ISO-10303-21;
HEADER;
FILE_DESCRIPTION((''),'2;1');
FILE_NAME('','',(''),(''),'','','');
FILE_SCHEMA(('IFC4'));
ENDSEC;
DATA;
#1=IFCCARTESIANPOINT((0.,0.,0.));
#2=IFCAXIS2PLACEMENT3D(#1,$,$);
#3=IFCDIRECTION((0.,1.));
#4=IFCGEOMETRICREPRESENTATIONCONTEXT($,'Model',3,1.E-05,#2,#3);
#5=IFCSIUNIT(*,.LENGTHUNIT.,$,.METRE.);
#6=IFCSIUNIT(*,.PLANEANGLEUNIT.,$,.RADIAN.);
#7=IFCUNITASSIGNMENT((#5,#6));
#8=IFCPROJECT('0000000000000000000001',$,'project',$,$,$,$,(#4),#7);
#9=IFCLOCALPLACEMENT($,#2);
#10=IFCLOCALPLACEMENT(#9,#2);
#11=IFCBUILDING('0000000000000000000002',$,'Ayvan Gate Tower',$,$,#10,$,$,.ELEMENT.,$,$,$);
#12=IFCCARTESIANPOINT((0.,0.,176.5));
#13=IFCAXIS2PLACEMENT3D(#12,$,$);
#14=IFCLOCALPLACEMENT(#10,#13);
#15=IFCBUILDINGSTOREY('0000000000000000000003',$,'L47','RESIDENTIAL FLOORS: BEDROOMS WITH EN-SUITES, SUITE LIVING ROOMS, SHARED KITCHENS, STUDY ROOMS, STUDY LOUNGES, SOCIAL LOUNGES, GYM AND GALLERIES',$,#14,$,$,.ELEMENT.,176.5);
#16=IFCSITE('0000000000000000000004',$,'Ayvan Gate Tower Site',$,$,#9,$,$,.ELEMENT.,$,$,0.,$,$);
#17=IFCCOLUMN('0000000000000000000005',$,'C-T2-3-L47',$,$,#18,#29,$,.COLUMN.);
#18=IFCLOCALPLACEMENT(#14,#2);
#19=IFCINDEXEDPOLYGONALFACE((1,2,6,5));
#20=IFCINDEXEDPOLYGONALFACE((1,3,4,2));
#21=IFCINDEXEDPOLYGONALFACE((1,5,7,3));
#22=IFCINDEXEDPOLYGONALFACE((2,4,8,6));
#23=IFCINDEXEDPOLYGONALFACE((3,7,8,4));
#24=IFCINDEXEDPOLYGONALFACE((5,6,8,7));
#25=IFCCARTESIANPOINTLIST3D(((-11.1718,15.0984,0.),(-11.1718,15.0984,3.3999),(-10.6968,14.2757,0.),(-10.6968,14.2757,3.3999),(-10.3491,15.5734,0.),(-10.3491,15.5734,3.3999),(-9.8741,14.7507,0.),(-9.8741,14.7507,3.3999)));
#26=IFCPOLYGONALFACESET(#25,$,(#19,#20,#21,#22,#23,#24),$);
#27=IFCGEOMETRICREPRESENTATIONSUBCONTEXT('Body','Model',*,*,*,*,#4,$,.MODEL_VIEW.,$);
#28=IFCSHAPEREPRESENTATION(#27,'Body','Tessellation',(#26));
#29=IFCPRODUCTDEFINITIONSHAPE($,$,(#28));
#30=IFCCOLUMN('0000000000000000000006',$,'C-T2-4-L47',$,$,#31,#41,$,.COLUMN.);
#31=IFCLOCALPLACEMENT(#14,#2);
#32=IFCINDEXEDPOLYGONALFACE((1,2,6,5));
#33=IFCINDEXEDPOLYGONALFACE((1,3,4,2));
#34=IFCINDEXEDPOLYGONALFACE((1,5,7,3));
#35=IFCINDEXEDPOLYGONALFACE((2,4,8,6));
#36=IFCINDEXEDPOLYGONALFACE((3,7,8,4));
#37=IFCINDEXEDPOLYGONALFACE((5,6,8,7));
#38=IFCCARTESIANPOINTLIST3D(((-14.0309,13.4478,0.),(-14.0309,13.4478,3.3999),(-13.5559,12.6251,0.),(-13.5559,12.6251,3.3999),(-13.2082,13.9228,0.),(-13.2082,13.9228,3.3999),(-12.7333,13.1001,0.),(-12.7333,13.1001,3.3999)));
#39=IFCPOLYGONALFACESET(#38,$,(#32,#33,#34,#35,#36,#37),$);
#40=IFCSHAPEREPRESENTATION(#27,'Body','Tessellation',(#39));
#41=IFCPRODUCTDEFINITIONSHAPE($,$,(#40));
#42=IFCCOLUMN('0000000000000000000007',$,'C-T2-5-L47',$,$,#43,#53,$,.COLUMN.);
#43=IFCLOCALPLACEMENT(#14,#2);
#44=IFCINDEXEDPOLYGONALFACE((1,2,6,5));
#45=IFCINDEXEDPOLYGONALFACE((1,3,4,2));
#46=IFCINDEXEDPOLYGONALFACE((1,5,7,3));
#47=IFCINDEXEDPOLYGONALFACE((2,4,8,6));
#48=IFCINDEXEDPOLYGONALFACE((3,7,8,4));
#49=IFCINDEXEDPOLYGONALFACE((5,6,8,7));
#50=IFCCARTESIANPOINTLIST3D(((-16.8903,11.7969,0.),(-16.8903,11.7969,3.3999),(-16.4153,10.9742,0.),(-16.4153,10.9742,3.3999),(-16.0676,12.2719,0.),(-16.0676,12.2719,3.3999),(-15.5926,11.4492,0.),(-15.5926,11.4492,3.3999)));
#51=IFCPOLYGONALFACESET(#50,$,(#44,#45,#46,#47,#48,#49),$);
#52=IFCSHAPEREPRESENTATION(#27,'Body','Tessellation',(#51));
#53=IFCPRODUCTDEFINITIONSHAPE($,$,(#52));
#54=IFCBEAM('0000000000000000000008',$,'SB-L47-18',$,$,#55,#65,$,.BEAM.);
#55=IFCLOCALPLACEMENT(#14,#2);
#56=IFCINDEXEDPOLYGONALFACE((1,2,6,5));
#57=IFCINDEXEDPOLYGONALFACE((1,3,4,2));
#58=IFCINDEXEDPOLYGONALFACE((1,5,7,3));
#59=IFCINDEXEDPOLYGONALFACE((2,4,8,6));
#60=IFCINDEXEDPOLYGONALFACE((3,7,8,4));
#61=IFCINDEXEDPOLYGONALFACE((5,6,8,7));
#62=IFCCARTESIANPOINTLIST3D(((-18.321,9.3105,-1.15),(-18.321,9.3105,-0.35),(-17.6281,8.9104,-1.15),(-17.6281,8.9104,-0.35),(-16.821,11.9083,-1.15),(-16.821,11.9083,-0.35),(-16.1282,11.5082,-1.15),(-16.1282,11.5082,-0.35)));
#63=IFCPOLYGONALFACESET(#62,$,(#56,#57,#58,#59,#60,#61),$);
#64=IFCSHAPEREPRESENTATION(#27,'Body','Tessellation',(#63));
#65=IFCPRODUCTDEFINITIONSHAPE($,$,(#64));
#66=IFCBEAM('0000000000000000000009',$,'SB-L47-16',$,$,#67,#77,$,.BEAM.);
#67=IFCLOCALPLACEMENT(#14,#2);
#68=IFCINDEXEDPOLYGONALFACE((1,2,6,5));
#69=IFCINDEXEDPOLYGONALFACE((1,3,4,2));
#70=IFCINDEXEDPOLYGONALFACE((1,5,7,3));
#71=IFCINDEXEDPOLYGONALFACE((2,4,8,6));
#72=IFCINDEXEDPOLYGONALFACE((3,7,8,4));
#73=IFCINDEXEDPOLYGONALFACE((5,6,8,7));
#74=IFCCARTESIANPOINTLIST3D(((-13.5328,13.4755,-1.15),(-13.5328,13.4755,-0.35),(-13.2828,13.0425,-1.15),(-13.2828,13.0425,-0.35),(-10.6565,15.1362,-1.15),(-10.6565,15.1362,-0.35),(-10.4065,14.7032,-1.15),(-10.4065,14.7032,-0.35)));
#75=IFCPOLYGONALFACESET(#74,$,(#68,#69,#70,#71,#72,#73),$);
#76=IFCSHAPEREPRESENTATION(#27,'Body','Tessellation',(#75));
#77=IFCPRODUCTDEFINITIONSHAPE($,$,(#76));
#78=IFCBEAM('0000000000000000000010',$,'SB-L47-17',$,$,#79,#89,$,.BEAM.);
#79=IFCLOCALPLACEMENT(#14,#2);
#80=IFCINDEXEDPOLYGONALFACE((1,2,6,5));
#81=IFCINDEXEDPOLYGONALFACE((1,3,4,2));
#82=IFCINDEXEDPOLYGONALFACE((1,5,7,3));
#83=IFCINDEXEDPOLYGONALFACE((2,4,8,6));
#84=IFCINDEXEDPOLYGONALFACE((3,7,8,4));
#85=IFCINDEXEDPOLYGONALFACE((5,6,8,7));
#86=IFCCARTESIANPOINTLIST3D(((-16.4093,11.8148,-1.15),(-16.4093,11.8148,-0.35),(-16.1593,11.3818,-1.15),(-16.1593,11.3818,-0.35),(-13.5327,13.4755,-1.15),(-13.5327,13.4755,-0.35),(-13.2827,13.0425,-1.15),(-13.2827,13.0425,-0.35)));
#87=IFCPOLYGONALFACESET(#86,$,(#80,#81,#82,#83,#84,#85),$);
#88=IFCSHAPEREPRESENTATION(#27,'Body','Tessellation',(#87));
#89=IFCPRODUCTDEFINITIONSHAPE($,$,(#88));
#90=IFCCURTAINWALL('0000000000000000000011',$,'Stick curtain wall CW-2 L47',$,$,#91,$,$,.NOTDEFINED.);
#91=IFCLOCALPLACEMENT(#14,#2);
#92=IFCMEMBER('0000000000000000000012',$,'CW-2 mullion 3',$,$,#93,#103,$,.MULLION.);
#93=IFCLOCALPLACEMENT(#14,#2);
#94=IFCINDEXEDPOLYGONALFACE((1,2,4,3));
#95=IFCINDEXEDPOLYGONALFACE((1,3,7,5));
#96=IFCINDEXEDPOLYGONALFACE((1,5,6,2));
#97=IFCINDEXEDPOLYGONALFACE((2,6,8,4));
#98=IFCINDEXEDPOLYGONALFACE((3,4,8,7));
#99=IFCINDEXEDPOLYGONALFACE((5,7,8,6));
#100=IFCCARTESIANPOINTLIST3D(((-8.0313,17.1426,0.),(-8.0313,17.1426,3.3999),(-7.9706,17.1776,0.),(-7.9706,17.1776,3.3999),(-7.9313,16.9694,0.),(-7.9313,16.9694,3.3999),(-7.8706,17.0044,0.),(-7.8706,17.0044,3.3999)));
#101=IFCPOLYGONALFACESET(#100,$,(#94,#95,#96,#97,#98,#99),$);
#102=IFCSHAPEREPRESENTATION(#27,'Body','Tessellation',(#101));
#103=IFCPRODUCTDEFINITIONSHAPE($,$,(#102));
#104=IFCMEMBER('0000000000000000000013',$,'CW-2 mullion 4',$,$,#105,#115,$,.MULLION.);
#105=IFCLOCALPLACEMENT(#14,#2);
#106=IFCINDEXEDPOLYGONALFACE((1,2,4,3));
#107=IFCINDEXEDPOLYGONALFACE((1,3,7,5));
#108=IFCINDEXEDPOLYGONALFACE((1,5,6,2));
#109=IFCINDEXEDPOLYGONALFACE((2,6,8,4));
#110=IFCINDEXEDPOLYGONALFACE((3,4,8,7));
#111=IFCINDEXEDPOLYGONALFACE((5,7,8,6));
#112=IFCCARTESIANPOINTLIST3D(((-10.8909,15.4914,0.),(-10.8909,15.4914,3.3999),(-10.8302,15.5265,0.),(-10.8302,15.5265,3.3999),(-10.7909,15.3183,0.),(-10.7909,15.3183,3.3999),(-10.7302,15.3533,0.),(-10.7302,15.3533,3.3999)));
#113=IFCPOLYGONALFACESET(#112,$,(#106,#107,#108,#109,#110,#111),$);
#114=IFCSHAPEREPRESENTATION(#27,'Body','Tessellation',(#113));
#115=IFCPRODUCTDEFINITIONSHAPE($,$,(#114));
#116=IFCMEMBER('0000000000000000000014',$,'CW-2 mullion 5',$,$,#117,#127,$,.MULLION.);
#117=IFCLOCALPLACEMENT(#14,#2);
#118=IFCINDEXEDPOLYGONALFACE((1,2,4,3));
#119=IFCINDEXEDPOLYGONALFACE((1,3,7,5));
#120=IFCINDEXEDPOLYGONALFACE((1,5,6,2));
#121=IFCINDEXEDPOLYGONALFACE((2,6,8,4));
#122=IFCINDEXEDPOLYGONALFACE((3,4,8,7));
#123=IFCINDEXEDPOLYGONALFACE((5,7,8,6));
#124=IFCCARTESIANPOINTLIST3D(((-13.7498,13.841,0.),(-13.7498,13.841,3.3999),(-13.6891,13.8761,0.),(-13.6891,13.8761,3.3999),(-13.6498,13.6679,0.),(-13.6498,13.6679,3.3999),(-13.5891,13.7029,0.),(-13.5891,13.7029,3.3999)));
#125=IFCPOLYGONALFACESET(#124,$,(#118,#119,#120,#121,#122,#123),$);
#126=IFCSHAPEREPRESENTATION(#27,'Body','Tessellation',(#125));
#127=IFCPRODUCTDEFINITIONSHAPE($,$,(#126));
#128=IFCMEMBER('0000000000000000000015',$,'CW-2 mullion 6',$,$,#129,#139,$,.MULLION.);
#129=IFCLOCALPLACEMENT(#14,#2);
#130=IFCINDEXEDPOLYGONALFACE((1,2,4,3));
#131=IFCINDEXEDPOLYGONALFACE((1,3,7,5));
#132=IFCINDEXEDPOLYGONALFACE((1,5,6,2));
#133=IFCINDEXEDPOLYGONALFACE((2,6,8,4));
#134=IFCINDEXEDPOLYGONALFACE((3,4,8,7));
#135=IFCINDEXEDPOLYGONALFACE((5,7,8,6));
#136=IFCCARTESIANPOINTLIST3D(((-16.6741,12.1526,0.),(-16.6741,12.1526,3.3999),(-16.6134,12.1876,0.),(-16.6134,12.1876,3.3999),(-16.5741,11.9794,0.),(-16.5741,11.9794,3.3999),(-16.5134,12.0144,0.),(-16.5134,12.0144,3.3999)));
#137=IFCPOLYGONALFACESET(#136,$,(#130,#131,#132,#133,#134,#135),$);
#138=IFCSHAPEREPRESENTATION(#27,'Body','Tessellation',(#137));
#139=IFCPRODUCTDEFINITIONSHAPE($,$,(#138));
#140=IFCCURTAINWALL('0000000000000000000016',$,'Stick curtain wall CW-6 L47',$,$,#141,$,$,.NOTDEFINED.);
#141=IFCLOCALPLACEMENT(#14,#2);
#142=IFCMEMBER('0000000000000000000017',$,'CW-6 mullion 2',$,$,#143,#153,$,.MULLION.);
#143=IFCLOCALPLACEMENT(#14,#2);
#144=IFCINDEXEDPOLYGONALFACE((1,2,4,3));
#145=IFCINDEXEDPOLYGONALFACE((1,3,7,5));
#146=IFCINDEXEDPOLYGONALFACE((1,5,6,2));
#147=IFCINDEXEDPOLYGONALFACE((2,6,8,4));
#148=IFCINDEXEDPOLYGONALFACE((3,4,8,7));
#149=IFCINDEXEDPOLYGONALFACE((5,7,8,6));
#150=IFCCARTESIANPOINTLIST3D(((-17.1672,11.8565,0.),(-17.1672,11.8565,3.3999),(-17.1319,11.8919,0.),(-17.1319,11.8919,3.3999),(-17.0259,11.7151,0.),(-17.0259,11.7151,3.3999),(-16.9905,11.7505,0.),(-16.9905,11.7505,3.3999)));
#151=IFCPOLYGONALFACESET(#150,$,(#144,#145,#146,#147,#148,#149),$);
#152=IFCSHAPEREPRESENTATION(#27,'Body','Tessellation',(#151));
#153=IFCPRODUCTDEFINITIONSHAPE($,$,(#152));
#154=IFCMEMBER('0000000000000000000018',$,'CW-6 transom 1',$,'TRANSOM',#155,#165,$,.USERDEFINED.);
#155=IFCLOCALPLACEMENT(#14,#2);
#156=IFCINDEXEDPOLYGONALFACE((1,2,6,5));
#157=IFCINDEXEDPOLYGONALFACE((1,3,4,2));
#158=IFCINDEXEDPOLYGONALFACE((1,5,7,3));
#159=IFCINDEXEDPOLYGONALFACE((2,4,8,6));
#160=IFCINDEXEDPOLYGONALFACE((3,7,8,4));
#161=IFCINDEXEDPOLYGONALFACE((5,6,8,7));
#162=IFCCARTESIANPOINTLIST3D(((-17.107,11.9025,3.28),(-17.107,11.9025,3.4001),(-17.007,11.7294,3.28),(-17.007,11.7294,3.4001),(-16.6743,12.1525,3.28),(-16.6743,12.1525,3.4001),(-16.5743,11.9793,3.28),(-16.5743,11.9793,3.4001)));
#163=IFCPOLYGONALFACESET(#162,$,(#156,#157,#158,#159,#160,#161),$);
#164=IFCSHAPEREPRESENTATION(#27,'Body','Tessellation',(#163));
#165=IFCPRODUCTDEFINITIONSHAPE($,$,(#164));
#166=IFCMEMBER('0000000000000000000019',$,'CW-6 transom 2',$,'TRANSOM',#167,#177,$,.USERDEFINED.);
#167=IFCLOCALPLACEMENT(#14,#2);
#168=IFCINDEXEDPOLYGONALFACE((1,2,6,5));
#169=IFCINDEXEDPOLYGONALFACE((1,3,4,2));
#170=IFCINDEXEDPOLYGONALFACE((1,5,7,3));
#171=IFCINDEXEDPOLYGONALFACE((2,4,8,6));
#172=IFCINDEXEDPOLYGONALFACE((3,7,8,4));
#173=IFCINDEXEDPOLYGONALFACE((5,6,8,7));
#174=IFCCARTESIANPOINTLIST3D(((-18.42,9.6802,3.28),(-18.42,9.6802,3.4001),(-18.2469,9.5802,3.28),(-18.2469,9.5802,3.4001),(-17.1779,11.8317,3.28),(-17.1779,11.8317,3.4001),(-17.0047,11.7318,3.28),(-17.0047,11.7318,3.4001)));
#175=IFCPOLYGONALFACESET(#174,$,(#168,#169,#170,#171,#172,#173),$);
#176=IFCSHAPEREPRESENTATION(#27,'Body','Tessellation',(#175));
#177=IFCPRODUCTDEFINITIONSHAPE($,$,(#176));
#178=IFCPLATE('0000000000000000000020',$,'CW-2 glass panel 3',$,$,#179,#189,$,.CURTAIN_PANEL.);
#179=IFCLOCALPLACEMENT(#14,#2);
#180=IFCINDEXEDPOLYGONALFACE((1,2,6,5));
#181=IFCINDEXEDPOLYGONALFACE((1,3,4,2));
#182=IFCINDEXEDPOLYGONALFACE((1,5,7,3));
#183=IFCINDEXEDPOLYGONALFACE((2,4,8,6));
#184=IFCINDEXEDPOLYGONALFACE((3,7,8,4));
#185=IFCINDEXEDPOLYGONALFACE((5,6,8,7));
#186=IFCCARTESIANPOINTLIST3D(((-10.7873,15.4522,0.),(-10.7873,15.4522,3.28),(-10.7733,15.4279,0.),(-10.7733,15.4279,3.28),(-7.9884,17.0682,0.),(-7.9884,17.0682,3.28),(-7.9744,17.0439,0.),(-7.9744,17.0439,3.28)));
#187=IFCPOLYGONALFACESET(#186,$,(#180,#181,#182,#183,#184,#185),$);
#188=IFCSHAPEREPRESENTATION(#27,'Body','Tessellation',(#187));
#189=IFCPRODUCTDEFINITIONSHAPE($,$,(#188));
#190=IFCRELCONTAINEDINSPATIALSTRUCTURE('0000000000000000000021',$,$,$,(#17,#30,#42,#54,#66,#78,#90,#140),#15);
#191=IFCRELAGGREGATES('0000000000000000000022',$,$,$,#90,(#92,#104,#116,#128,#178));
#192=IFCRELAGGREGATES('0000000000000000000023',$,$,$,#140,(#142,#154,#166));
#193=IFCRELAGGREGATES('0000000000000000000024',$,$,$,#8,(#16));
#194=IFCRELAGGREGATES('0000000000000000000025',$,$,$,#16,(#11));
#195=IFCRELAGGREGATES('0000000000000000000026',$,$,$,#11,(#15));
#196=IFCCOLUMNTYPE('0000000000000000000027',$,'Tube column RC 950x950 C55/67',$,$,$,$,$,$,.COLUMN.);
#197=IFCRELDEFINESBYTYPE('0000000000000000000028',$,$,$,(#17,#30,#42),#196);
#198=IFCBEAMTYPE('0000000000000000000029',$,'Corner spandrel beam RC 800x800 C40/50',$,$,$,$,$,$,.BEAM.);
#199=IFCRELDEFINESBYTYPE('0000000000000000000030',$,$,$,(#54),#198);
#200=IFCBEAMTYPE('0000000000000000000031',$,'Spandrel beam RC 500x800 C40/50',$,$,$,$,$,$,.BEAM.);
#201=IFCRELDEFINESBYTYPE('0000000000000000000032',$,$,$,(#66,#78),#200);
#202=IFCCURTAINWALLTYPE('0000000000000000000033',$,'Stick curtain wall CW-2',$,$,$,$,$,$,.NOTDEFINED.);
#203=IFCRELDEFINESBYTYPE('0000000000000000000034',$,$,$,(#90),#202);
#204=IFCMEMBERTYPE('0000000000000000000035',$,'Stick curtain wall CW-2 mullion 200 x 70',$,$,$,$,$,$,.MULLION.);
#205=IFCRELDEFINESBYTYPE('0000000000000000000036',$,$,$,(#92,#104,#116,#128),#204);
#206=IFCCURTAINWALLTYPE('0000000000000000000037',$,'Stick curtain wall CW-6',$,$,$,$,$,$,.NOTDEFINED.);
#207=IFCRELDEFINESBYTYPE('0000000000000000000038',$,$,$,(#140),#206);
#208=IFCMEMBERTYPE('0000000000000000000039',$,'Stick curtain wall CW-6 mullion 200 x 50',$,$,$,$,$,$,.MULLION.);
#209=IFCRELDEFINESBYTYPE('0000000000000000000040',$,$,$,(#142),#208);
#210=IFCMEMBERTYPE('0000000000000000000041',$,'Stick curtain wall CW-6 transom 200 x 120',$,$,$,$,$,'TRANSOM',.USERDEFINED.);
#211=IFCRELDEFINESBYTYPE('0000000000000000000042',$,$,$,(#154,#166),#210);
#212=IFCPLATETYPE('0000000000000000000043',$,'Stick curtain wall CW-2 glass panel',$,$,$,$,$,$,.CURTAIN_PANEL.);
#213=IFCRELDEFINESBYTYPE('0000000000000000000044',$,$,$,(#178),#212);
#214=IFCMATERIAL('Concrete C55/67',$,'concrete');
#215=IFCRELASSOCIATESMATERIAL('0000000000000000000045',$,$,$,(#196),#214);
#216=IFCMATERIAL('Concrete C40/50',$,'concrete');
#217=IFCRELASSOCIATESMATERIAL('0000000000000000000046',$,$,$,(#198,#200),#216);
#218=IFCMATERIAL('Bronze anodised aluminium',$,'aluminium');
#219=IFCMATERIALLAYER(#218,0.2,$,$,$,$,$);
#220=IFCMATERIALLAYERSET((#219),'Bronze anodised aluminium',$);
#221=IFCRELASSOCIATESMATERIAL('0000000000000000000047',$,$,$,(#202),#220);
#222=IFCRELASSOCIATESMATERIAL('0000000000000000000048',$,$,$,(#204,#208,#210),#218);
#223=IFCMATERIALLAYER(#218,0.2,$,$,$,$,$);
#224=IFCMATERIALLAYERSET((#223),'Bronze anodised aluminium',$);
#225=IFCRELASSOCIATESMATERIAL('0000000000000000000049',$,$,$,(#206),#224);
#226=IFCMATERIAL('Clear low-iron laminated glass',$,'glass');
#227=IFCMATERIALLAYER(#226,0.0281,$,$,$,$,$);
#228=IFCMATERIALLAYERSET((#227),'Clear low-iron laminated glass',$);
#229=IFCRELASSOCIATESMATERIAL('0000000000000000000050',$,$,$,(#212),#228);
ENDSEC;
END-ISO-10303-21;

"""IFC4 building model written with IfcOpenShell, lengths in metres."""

from ifc_helpers import new_model, si_unit, direction, frame, origin, origin_2d, place, context, subcontext, project, spatial, rectangle, extrude, material, layer, layer_set, material_profile, profile_set, type_object, element, aggregate, save


model = new_model("IFC4")

# Units and contexts
model_context = context("Model", 3, precision=1e-05, world=origin(), true_north=direction((0.0, 1.0)))
body_context = subcontext(model_context, "Body", "Model", "MODEL_VIEW")
ifc_project = project(units=[si_unit("LENGTHUNIT", "METRE"), si_unit("PLANEANGLEUNIT", "RADIAN")], contexts=[model_context])

# Site, building, storey
site_placement = place(None, origin())
site = spatial("IfcSite", under=ifc_project, at=site_placement, Name="Ayvan Gate Tower Site", CompositionType="ELEMENT", RefElevation=0.0)
building_placement = place(site_placement, origin())
building = spatial("IfcBuilding", under=site, at=building_placement, Name="Ayvan Gate Tower", CompositionType="ELEMENT")
storey_placement = place(building_placement, frame((0.0, 0.0, 176.5)))
storey = spatial("IfcBuildingStorey", under=building, at=storey_placement, Name="L47", Description="RESIDENTIAL FLOORS: BEDROOMS WITH EN-SUITES, SUITE LIVING ROOMS, SHARED KITCHENS, STUDY ROOMS, STUDY LOUNGES, SOCIAL LOUNGES, GYM AND GALLERIES", CompositionType="ELEMENT", Elevation=176.5)

# Columns
ifc_material_1 = material(Name="Concrete C55/67", Category="concrete")
ifc_material_profile_1 = material_profile(ifc_material_1, rectangle(XDim=0.95, YDim=0.95, at=origin_2d()), Name="RC 950x950")
ifc_profile_set_1 = profile_set([ifc_material_profile_1], Name="Concrete C55/67")
column_type = type_object("IfcColumnType", Name="Tube column RC 950x950 C55/67", PredefinedType="COLUMN", material=ifc_profile_set_1)
for number, where, z_axis, x_axis, name in (
    (1, (-10.5229, 14.9246, 0.0), (0.0, 0.0, 1.0), (-0.5, 0.866025, 0.0), "C-T2-3-L47"),
    (2, (-13.3821, 13.2739, 0.0), (0.0, 0.0, 1.0), (-0.5, 0.866025, 0.0), "C-T2-4-L47"),
    (3, (-16.2415, 11.623, 0.0), (0.0, 0.0, 1.0), (-0.5, 0.866025, 0.0), "C-T2-5-L47"),
):
    element("IfcColumn", number, at=place(storey_placement, frame(where, z_axis=z_axis, x_axis=x_axis)), inside=storey, type_object=column_type, Name=name, PredefinedType="COLUMN", context=body_context, shape_type="SweptSolid", body=[
        extrude(rectangle(XDim=0.95, YDim=0.95, at=origin_2d()), origin(), (0.0, 0.0, 1.0), 3.3999),
    ])

# Beams
ifc_material_2 = material(Name="Concrete C40/50", Category="concrete")
ifc_material_profile_2 = material_profile(ifc_material_2, rectangle(XDim=0.8, YDim=0.8, at=origin_2d()), Name="RC 800x800")
ifc_profile_set_2 = profile_set([ifc_material_profile_2], Name="Concrete C40/50")
beam_type_1 = type_object("IfcBeamType", Name="Corner spandrel beam RC 800x800 C40/50", PredefinedType="BEAM", material=ifc_profile_set_2)
beam_1_placement = place(storey_placement, frame((-16.4746, 11.7083, -0.75), z_axis=(-0.500025, -0.866011, 0.0), x_axis=(0.866011, -0.500025, 0.0)))
element("IfcBeam", 4, at=beam_1_placement, inside=storey, type_object=beam_type_1, Name="SB-L47-18", PredefinedType="BEAM", context=body_context, shape_type="SweptSolid", body=[
    extrude(rectangle(XDim=0.8, YDim=0.8, at=origin_2d()), origin(), (0.0, 0.0, 1.0), 2.9998),
])
ifc_material_profile_3 = material_profile(ifc_material_2, rectangle(XDim=0.5, YDim=0.8, at=origin_2d()), Name="RC 500x800")
ifc_profile_set_3 = profile_set([ifc_material_profile_3], Name="Concrete C40/50")
beam_type_2 = type_object("IfcBeamType", Name="Spandrel beam RC 500x800 C40/50", PredefinedType="BEAM", material=ifc_profile_set_3)
beam_2_placement = place(storey_placement, frame((-10.5315, 14.9197, -0.75), z_axis=(-0.866018, -0.500013, 0.0), x_axis=(0.500013, -0.866018, 0.0)))
element("IfcBeam", 5, at=beam_2_placement, inside=storey, type_object=beam_type_2, Name="SB-L47-16", PredefinedType="BEAM", context=body_context, shape_type="SweptSolid", body=[
    extrude(rectangle(XDim=0.5, YDim=0.8, at=origin_2d()), origin(), (0.0, 0.0, 1.0), 3.3213),
])
beam_3_placement = place(storey_placement, frame((-13.4077, 13.259, -0.75), z_axis=(-0.866036, -0.499981, 0.0), x_axis=(0.499981, -0.866036, 0.0)))
element("IfcBeam", 6, at=beam_3_placement, inside=storey, type_object=beam_type_2, Name="SB-L47-17", PredefinedType="BEAM", context=body_context, shape_type="SweptSolid", body=[
    extrude(rectangle(XDim=0.5, YDim=0.8, at=origin_2d()), origin(), (0.0, 0.0, 1.0), 3.3215),
])

# Curtain walls, members
ifc_material_3 = material(Name="Bronze anodised aluminium", Category="aluminium")
ifc_layer_1 = layer(ifc_material_3, 0.2)
ifc_layer_set_1 = layer_set([ifc_layer_1], Name="Bronze anodised aluminium")
curtain_wall_type_1 = type_object("IfcCurtainWallType", Name="Stick curtain wall CW-2", PredefinedType="NOTDEFINED", material=ifc_layer_set_1)
curtain_wall_1_placement = place(storey_placement, origin())
curtain_wall_1 = element("IfcCurtainWall", 7, at=curtain_wall_1_placement, inside=storey, type_object=curtain_wall_type_1, Name="Stick curtain wall CW-2 L47", PredefinedType="NOTDEFINED")
ifc_material_profile_4 = material_profile(ifc_material_3, rectangle(XDim=0.2, YDim=0.0701, at=origin_2d()), Name="Stick curtain wall CW-2 mullion 200 x 70")
ifc_profile_set_4 = profile_set([ifc_material_profile_4], Name="Bronze anodised aluminium")
member_type_1 = type_object("IfcMemberType", Name="Stick curtain wall CW-2 mullion 200 x 70", PredefinedType="MULLION", material=ifc_profile_set_4)
member_1_placement = place(storey_placement, frame((-7.9509, 17.0735, 0.0), z_axis=(0.0, 0.0, 1.0), x_axis=(-0.5, 0.866025, 0.0)))
member_1 = element("IfcMember", 8, at=member_1_placement, type_object=member_type_1, Name="CW-2 mullion 3", PredefinedType="MULLION", context=body_context, shape_type="SweptSolid", body=[
    extrude(rectangle(XDim=0.2, YDim=0.0701, at=origin_2d()), origin(), (0.0, 0.0, 1.0), 3.3999),
])
member_2_placement = place(storey_placement, frame((-10.8105, 15.4224, 0.0), z_axis=(0.0, 0.0, 1.0), x_axis=(-0.5, 0.866025, 0.0)))
member_2 = element("IfcMember", 9, at=member_2_placement, type_object=member_type_1, Name="CW-2 mullion 4", PredefinedType="MULLION", context=body_context, shape_type="SweptSolid", body=[
    extrude(rectangle(XDim=0.2, YDim=0.0701, at=origin_2d()), origin(), (0.0, 0.0, 1.0), 3.3999),
])
member_3_placement = place(storey_placement, frame((-13.6694, 13.772, 0.0), z_axis=(0.0, 0.0, 1.0), x_axis=(-0.5, 0.866025, 0.0)))
member_3 = element("IfcMember", 10, at=member_3_placement, type_object=member_type_1, Name="CW-2 mullion 5", PredefinedType="MULLION", context=body_context, shape_type="SweptSolid", body=[
    extrude(rectangle(XDim=0.2, YDim=0.0701, at=origin_2d()), origin(), (0.0, 0.0, 1.0), 3.3999),
])
member_4_placement = place(storey_placement, frame((-16.5938, 12.0835, 0.0), z_axis=(0.0, 0.0, 1.0), x_axis=(-0.5, 0.866025, 0.0)))
member_4 = element("IfcMember", 11, at=member_4_placement, type_object=member_type_1, Name="CW-2 mullion 6", PredefinedType="MULLION", context=body_context, shape_type="SweptSolid", body=[
    extrude(rectangle(XDim=0.2, YDim=0.0701, at=origin_2d()), origin(), (0.0, 0.0, 1.0), 3.3999),
])
ifc_layer_2 = layer(ifc_material_3, 0.2)
ifc_layer_set_2 = layer_set([ifc_layer_2], Name="Bronze anodised aluminium")
curtain_wall_type_2 = type_object("IfcCurtainWallType", Name="Stick curtain wall CW-6", PredefinedType="NOTDEFINED", material=ifc_layer_set_2)
curtain_wall_2_placement = place(storey_placement, origin())
curtain_wall_2 = element("IfcCurtainWall", 12, at=curtain_wall_2_placement, inside=storey, type_object=curtain_wall_type_2, Name="Stick curtain wall CW-6 L47", PredefinedType="NOTDEFINED")
ifc_material_profile_5 = material_profile(ifc_material_3, rectangle(XDim=0.2, YDim=0.05, at=origin_2d()), Name="Stick curtain wall CW-6 mullion 200 x 50")
ifc_profile_set_5 = profile_set([ifc_material_profile_5], Name="Bronze anodised aluminium")
member_type_2 = type_object("IfcMemberType", Name="Stick curtain wall CW-6 mullion 200 x 50", PredefinedType="MULLION", material=ifc_profile_set_5)
member_5_placement = place(storey_placement, frame((-17.0789, 11.8035, 0.0), z_axis=(0.0, 0.0, 1.0), x_axis=(-0.707107, 0.707107, 0.0)))
member_5 = element("IfcMember", 13, at=member_5_placement, type_object=member_type_2, Name="CW-6 mullion 2", PredefinedType="MULLION", context=body_context, shape_type="SweptSolid", body=[
    extrude(rectangle(XDim=0.2, YDim=0.05, at=origin_2d()), origin(), (0.0, 0.0, 1.0), 3.3999),
])
ifc_material_profile_6 = material_profile(ifc_material_3, rectangle(XDim=0.2, YDim=0.1201, at=origin_2d()), Name="Stick curtain wall CW-6 transom 200 x 120")
ifc_profile_set_6 = profile_set([ifc_material_profile_6], Name="Bronze anodised aluminium")
member_type_3 = type_object("IfcMemberType", Name="Stick curtain wall CW-6 transom 200 x 120", ElementType="TRANSOM", PredefinedType="USERDEFINED", material=ifc_profile_set_6)
member_6_placement = place(storey_placement, frame((-16.6243, 12.0659, 3.3401), z_axis=(-0.86595, -0.500131, 0.0), x_axis=(0.500131, -0.86595, 0.0)))
member_6 = element("IfcMember", 14, at=member_6_placement, type_object=member_type_3, Name="CW-6 transom 1", ObjectType="TRANSOM", PredefinedType="USERDEFINED", context=body_context, shape_type="SweptSolid", body=[
    extrude(rectangle(XDim=0.2, YDim=0.1201, at=origin_2d()), origin(), (0.0, 0.0, 1.0), 0.4998),
])
member_7_placement = place(storey_placement, frame((-17.0913, 11.7817, 3.3401), z_axis=(-0.499986, -0.866033, 0.0), x_axis=(0.866033, -0.499986, 0.0)))
member_7 = element("IfcMember", 15, at=member_7_placement, type_object=member_type_3, Name="CW-6 transom 2", ObjectType="TRANSOM", PredefinedType="USERDEFINED", context=body_context, shape_type="SweptSolid", body=[
    extrude(rectangle(XDim=0.2, YDim=0.1201, at=origin_2d()), origin(), (0.0, 0.0, 1.0), 2.4844),
])

# Plate
ifc_material_4 = material(Name="Clear low-iron laminated glass", Category="glass")
ifc_layer_3 = layer(ifc_material_4, 0.0281)
ifc_layer_set_3 = layer_set([ifc_layer_3], Name="Clear low-iron laminated glass")
plate_type_1 = type_object("IfcPlateType", Name="Stick curtain wall CW-2 glass panel", PredefinedType="CURTAIN_PANEL", material=ifc_layer_set_3)
plate_1_placement = place(storey_placement, frame((-9.3809, 16.248, 0.0), z_axis=(0.0, 0.0, 1.0), x_axis=(-0.866025, -0.5, 0.0)))
plate_1 = element("IfcPlate", 16, at=plate_1_placement, type_object=plate_type_1, Name="CW-2 glass panel 3", PredefinedType="CURTAIN_PANEL", context=body_context, shape_type="SweptSolid", body=[
    extrude(rectangle(XDim=3.2319, YDim=0.0281, at=origin_2d()), origin(), (0.0, 0.0, 1.0), 3.28),
])
aggregate(curtain_wall_1, [member_1, member_2, member_3, member_4, plate_1])
aggregate(curtain_wall_2, [member_5, member_6, member_7])

save(model, "model.ifc")
